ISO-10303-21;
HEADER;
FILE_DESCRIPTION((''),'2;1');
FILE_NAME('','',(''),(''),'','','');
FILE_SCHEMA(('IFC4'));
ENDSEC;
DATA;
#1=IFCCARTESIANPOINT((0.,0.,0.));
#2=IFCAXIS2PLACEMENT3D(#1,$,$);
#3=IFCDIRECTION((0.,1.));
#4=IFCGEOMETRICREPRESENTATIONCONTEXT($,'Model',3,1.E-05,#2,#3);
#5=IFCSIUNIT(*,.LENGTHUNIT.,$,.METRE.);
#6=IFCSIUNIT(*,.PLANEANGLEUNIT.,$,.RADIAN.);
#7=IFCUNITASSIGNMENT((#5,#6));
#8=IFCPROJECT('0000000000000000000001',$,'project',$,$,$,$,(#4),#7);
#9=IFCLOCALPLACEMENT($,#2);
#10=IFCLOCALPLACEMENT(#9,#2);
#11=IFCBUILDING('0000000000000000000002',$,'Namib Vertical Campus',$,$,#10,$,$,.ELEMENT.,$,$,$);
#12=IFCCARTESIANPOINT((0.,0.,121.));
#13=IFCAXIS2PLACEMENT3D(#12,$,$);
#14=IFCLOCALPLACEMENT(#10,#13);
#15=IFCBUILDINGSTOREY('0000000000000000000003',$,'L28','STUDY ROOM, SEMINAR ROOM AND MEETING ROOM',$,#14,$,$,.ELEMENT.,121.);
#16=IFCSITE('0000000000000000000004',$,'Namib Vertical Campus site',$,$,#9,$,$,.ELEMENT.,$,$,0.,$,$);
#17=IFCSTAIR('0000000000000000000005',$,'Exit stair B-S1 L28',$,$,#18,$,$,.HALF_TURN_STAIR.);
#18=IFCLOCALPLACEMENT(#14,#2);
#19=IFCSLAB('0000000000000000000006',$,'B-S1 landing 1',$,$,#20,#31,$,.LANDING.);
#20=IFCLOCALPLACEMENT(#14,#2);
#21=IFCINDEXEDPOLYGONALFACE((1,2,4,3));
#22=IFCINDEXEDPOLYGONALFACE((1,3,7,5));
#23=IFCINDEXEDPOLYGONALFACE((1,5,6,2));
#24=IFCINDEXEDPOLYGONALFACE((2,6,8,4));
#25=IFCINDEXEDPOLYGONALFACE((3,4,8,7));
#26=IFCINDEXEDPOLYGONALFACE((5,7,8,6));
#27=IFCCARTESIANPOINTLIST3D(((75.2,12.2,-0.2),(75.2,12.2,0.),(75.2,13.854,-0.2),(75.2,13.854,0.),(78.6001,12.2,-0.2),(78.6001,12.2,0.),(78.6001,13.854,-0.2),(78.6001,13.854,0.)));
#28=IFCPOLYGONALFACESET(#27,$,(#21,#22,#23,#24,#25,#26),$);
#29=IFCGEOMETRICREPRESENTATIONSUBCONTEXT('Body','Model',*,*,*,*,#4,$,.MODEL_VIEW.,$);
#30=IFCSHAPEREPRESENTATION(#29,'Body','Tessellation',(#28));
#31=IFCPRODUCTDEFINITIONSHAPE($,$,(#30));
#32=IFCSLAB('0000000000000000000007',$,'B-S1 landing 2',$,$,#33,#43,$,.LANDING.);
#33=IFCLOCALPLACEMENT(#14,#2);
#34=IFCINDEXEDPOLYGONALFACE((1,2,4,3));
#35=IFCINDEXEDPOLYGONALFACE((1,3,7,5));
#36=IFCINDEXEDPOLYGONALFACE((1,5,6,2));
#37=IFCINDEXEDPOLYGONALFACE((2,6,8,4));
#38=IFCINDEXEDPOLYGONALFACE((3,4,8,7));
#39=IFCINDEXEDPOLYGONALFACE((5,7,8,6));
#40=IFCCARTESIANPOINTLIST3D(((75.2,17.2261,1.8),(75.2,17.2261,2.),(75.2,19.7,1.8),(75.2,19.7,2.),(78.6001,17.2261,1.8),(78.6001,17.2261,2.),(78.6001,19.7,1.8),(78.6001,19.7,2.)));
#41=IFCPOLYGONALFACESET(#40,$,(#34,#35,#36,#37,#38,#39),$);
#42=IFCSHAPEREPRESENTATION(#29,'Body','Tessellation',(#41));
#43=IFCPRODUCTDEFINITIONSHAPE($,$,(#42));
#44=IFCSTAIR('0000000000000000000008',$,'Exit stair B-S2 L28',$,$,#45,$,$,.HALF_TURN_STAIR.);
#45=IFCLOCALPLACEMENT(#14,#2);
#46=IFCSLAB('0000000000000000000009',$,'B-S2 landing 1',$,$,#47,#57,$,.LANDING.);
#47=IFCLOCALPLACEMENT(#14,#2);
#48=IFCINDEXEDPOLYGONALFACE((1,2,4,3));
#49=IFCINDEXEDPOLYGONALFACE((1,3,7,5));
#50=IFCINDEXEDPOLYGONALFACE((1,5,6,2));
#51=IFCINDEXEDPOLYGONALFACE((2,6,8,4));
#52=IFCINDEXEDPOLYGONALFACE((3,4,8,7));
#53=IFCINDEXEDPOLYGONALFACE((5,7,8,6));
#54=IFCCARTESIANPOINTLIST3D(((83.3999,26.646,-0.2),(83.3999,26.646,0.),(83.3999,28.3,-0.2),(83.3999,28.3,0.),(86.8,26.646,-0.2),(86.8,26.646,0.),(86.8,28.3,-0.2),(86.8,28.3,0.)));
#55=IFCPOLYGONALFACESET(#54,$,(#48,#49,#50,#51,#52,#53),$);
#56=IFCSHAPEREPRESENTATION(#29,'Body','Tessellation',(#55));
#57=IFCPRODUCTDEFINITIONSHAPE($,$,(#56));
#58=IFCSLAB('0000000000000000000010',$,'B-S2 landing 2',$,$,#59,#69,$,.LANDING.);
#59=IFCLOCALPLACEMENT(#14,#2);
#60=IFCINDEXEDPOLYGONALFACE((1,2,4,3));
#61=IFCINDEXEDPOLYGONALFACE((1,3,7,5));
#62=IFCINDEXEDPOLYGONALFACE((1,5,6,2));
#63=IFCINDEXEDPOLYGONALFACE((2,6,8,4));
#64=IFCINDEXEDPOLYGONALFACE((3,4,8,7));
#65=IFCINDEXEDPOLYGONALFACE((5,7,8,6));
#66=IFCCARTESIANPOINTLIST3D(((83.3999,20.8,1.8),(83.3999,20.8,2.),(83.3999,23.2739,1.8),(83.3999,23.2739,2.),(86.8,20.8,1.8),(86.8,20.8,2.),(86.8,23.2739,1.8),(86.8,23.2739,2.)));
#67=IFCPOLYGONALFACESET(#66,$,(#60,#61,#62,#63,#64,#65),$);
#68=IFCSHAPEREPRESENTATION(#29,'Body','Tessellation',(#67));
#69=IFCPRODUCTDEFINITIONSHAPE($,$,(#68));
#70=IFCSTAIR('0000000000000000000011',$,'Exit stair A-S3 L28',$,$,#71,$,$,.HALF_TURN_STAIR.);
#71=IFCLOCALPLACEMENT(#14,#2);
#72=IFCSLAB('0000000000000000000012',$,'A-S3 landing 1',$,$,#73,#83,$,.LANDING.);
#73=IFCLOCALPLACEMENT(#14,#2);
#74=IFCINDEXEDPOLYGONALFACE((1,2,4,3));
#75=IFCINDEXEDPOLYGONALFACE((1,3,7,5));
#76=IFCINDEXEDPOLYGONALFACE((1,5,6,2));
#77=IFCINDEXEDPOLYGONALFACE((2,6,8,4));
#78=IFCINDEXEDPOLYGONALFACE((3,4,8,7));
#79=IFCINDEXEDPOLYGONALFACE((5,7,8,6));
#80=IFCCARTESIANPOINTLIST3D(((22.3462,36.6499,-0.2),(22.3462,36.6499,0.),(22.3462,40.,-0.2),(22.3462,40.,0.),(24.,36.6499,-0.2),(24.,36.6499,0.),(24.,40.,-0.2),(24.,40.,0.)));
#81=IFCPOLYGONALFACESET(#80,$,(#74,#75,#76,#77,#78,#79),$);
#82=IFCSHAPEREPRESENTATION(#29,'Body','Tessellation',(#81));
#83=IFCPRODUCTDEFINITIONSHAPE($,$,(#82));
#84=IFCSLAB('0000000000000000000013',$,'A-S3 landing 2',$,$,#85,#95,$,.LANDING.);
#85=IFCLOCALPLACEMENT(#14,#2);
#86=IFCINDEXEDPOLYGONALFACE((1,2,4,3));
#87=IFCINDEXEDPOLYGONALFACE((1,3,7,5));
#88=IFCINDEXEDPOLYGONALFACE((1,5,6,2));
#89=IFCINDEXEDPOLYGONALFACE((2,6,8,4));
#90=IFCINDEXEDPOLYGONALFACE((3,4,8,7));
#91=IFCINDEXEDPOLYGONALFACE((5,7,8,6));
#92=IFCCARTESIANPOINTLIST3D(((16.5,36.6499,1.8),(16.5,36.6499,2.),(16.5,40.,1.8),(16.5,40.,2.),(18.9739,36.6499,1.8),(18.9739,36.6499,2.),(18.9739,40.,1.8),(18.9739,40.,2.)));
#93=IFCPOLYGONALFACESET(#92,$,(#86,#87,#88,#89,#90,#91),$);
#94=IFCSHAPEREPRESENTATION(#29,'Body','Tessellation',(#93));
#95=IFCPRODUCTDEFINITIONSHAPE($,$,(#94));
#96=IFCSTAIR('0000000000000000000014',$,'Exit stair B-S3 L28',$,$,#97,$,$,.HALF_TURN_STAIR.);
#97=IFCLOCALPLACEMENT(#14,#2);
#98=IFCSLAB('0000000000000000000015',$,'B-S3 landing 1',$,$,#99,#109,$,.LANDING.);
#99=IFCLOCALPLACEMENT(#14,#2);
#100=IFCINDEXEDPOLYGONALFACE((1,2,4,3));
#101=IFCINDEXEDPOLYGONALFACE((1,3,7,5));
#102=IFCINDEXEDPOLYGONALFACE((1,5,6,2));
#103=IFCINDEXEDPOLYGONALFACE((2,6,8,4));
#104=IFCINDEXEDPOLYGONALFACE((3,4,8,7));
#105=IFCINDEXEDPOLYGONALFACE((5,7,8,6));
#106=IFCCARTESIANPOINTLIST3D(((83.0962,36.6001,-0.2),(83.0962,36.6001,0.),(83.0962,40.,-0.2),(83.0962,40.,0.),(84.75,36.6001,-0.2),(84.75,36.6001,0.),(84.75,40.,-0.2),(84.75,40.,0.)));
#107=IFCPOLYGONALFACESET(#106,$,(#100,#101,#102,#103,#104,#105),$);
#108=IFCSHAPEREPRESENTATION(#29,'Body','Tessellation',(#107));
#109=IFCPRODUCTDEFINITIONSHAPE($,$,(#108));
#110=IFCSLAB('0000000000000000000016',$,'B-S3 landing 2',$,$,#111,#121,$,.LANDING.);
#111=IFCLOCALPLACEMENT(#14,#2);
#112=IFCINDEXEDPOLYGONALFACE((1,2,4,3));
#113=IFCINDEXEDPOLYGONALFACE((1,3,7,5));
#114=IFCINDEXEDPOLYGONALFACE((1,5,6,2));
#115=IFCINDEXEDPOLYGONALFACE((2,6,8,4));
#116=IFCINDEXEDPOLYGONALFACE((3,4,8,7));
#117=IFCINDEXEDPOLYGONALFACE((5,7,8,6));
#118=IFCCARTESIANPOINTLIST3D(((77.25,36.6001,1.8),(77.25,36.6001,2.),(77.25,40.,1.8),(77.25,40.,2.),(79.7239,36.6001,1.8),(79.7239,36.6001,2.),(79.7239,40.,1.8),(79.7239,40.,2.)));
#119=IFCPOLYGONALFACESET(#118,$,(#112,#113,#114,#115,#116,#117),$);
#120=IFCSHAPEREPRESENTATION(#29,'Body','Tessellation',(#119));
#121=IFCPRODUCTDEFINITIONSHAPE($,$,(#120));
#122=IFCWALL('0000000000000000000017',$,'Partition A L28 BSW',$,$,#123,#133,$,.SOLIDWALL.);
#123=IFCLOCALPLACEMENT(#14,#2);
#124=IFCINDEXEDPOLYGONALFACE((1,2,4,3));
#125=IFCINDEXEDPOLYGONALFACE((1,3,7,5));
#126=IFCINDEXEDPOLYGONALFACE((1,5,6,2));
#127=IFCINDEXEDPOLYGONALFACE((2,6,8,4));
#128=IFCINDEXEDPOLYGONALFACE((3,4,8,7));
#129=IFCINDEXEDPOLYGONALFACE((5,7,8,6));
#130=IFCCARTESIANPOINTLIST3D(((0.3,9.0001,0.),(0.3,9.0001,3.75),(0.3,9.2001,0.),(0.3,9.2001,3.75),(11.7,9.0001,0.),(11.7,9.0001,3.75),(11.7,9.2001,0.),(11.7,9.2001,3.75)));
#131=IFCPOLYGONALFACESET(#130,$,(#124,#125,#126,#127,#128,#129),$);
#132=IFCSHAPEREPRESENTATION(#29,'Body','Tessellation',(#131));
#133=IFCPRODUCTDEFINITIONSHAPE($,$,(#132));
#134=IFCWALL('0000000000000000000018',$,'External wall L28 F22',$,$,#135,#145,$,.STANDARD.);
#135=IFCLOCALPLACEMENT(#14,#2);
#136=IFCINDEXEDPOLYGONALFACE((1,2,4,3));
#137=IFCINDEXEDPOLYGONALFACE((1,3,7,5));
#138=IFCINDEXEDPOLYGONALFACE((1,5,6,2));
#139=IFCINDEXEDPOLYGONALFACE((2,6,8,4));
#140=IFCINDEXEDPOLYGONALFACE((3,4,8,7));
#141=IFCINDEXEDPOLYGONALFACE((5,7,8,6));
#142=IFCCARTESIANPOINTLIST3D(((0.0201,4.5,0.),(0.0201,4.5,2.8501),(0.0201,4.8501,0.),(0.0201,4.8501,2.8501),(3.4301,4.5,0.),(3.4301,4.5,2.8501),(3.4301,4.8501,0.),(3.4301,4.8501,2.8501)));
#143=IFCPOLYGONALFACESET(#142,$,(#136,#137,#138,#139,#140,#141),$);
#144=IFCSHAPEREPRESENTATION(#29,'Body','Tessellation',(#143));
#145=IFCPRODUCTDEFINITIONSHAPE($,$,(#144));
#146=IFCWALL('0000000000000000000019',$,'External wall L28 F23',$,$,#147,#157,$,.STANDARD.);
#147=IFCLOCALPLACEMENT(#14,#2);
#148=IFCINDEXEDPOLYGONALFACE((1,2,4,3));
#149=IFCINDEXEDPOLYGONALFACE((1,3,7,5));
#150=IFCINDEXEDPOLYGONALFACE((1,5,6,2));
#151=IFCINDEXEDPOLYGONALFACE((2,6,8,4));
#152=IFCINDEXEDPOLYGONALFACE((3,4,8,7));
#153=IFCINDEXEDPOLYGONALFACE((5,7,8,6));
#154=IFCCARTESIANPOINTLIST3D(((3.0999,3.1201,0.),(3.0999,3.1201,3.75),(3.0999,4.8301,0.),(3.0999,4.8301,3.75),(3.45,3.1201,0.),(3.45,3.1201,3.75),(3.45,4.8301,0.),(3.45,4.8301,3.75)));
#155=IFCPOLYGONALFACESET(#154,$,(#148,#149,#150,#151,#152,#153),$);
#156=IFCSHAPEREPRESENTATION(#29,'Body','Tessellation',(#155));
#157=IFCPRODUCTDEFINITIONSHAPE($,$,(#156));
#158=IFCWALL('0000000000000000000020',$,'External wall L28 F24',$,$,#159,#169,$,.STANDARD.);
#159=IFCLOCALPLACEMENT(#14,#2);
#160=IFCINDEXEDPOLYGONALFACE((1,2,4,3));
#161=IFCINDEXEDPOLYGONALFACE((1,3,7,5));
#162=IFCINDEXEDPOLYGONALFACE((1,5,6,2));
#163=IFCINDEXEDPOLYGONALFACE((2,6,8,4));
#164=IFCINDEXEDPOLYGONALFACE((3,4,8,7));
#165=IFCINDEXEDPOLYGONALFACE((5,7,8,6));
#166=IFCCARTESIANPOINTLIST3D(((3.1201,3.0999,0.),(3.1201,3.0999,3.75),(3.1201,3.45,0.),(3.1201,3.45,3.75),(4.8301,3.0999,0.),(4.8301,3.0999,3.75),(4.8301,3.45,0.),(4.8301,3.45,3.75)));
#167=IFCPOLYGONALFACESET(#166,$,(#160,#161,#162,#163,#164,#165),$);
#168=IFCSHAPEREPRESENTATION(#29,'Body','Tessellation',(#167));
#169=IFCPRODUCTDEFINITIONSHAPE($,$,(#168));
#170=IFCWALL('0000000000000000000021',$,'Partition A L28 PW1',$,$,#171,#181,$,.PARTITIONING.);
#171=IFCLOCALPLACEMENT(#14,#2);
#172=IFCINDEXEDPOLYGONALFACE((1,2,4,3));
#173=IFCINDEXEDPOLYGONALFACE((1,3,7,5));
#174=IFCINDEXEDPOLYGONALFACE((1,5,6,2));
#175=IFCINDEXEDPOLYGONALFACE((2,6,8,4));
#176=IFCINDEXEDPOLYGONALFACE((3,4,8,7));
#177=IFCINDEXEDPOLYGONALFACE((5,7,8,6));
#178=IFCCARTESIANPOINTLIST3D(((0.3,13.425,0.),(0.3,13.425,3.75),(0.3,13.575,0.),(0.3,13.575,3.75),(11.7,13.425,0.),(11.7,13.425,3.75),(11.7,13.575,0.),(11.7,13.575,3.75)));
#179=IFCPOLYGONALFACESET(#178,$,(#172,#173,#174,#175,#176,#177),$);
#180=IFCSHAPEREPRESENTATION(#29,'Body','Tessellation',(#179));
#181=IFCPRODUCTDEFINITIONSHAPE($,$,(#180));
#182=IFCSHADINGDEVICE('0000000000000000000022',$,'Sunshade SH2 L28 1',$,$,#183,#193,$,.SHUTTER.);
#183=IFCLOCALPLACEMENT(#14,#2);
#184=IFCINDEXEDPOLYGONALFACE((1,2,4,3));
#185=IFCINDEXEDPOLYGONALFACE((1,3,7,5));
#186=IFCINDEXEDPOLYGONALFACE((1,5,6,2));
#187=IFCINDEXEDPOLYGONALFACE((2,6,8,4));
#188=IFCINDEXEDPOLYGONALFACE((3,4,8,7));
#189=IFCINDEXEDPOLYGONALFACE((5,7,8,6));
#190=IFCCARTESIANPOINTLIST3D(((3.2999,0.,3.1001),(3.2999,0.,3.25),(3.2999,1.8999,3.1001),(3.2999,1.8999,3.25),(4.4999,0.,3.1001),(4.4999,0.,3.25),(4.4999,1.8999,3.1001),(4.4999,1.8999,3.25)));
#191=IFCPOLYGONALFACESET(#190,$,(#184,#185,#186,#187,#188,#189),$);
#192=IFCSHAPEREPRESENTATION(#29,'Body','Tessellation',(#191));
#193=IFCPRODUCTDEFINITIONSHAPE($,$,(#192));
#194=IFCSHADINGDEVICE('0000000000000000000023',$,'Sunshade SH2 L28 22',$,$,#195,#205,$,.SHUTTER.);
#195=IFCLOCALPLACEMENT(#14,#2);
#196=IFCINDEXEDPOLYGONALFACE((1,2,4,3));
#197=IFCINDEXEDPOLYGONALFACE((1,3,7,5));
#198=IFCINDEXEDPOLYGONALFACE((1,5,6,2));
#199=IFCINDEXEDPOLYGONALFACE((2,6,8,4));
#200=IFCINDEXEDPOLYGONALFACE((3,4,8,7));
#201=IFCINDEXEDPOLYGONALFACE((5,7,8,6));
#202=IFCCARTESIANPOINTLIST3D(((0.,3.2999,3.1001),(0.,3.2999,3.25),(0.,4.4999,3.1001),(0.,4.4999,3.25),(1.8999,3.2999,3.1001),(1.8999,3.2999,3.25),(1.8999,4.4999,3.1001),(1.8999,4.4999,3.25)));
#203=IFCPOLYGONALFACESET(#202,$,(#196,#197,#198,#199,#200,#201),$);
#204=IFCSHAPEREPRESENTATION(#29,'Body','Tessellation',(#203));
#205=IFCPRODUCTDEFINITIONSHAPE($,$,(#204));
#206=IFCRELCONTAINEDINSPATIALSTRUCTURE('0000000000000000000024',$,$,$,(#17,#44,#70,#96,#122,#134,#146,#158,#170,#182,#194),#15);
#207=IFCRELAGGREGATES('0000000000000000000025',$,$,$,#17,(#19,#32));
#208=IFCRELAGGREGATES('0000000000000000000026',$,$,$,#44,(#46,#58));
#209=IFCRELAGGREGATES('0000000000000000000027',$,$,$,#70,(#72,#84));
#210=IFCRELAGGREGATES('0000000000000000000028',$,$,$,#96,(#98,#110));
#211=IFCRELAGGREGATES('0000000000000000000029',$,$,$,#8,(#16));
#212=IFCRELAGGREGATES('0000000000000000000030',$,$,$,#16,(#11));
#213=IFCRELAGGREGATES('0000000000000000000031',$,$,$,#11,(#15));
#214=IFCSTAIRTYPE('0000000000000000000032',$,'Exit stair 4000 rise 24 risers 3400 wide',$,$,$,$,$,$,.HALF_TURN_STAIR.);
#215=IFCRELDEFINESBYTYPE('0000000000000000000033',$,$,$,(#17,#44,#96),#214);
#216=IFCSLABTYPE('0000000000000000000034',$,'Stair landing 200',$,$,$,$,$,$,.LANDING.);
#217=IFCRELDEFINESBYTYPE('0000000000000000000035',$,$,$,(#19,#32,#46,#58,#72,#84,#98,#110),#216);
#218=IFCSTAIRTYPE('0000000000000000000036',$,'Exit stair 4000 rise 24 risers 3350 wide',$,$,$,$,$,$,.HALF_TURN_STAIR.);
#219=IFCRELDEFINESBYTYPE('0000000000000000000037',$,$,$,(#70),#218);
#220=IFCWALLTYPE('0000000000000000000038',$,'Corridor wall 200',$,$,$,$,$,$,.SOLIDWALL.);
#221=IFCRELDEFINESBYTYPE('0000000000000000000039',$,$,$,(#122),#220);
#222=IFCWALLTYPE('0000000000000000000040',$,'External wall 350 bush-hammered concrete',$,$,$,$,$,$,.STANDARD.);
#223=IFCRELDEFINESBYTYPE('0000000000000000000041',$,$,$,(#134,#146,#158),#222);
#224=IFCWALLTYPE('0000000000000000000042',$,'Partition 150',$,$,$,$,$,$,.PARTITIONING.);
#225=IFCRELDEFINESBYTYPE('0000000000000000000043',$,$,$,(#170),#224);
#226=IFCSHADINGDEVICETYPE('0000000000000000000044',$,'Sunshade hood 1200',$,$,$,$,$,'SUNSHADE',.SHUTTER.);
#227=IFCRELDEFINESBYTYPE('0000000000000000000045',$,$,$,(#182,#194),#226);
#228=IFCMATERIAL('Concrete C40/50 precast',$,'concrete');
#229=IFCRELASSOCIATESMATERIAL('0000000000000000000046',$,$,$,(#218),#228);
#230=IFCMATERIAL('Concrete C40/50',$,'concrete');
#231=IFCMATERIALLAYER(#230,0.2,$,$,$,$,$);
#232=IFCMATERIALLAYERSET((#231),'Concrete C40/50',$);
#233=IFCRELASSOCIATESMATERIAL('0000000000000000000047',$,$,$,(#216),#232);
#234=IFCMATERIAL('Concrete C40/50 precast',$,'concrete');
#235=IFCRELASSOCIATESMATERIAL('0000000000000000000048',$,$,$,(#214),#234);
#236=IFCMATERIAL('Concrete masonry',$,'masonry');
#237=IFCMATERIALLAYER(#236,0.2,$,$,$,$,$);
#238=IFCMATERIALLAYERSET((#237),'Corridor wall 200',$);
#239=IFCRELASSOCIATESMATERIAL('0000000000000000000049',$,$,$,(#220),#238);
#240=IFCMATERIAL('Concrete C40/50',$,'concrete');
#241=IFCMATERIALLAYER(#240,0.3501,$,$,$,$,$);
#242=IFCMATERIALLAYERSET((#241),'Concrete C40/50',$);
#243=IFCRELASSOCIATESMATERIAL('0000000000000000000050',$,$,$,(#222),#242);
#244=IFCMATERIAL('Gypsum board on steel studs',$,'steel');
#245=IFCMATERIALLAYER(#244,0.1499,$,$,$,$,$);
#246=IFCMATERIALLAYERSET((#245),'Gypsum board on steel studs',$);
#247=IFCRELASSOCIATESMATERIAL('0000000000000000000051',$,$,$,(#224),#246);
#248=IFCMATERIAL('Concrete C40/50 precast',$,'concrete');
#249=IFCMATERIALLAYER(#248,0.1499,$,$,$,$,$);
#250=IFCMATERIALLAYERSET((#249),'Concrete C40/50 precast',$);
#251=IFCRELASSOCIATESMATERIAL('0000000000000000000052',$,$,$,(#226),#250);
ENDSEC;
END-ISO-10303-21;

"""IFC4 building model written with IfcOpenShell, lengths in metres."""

from ifc_helpers import new_model, si_unit, direction, frame, frame_2d, origin, origin_2d, place, context, subcontext, project, spatial, polyline, rectangle, outline, extrude, material, layer, layer_set, type_object, element, aggregate, save


model = new_model("IFC4")

# Units and contexts
model_context = context("Model", 3, precision=1e-05, world=origin(), true_north=direction((0.0, 1.0)))
body_context = subcontext(model_context, "Body", "Model", "MODEL_VIEW")
ifc_project = project(units=[si_unit("LENGTHUNIT", "METRE"), si_unit("PLANEANGLEUNIT", "RADIAN")], contexts=[model_context])

# Site, building, storey
site_placement = place(None, origin())
site = spatial("IfcSite", under=ifc_project, at=site_placement, Name="Namib Vertical Campus site", CompositionType="ELEMENT", RefElevation=0.0)
building_placement = place(site_placement, origin())
building = spatial("IfcBuilding", under=site, at=building_placement, Name="Namib Vertical Campus", CompositionType="ELEMENT")
storey_placement = place(building_placement, frame((0.0, 0.0, 121.0)))
storey = spatial("IfcBuildingStorey", under=building, at=storey_placement, Name="L28", Description="STUDY ROOM, SEMINAR ROOM AND MEETING ROOM", CompositionType="ELEMENT", Elevation=121.0)

# Stairs, slabs
ifc_material_1 = material(Name="Concrete C40/50 precast", Category="concrete")
stair_type_1 = type_object("IfcStairType", Name="Exit stair 4000 rise 24 risers 3350 wide", PredefinedType="HALF_TURN_STAIR", material=ifc_material_1)
ifc_material_2 = material(Name="Concrete C40/50", Category="concrete")
ifc_layer_1 = layer(ifc_material_2, 0.2)
ifc_layer_set_1 = layer_set([ifc_layer_1], Name="Concrete C40/50")
slab_type_1 = type_object("IfcSlabType", Name="Stair landing 200", PredefinedType="LANDING", material=ifc_layer_set_1)
ifc_material_3 = material(Name="Concrete C40/50 precast", Category="concrete")
stair_type_2 = type_object("IfcStairType", Name="Exit stair 4000 rise 24 risers 3400 wide", PredefinedType="HALF_TURN_STAIR", material=ifc_material_3)
stair_1_placement = place(storey_placement, origin())
stair_1 = element("IfcStair", 1, at=stair_1_placement, inside=storey, type_object=stair_type_2, Name="Exit stair B-S1 L28", PredefinedType="HALF_TURN_STAIR")
slab_1_placement = place(storey_placement, frame((0.0, 0.0, -0.2)))
slab_1 = element("IfcSlab", 2, at=slab_1_placement, type_object=slab_type_1, Name="B-S1 landing 1", PredefinedType="LANDING", context=body_context, shape_type="SweptSolid", body=[
    extrude(outline(polyline([(75.2, 12.2), (78.6001, 12.2), (78.6001, 13.854), (75.2, 13.854), (75.2, 12.2)])), origin(), (0.0, 0.0, 1.0), 0.2),
])
slab_2_placement = place(storey_placement, frame((0.0, 0.0, 1.8)))
slab_2 = element("IfcSlab", 3, at=slab_2_placement, type_object=slab_type_1, Name="B-S1 landing 2", PredefinedType="LANDING", context=body_context, shape_type="SweptSolid", body=[
    extrude(outline(polyline([(75.2, 17.2261), (78.6001, 17.2261), (78.6001, 19.7), (75.2, 19.7), (75.2, 17.2261)])), origin(), (0.0, 0.0, 1.0), 0.2),
])
aggregate(stair_1, [slab_1, slab_2])
stair_2_placement = place(storey_placement, origin())
stair_2 = element("IfcStair", 4, at=stair_2_placement, inside=storey, type_object=stair_type_2, Name="Exit stair B-S2 L28", PredefinedType="HALF_TURN_STAIR")
slab_3_placement = place(storey_placement, frame((0.0, 0.0, -0.2)))
slab_3 = element("IfcSlab", 5, at=slab_3_placement, type_object=slab_type_1, Name="B-S2 landing 1", PredefinedType="LANDING", context=body_context, shape_type="SweptSolid", body=[
    extrude(outline(polyline([(83.3999, 26.646), (86.8, 26.646), (86.8, 28.3), (83.3999, 28.3), (83.3999, 26.646)])), origin(), (0.0, 0.0, 1.0), 0.2),
])
slab_4_placement = place(storey_placement, frame((0.0, 0.0, 1.8)))
slab_4 = element("IfcSlab", 6, at=slab_4_placement, type_object=slab_type_1, Name="B-S2 landing 2", PredefinedType="LANDING", context=body_context, shape_type="SweptSolid", body=[
    extrude(outline(polyline([(83.3999, 20.8), (86.8, 20.8), (86.8, 23.2739), (83.3999, 23.2739), (83.3999, 20.8)])), origin(), (0.0, 0.0, 1.0), 0.2),
])
aggregate(stair_2, [slab_3, slab_4])
stair_3_placement = place(storey_placement, origin())
stair_3 = element("IfcStair", 7, at=stair_3_placement, inside=storey, type_object=stair_type_1, Name="Exit stair A-S3 L28", PredefinedType="HALF_TURN_STAIR")
slab_5_placement = place(storey_placement, frame((0.0, 0.0, -0.2)))
slab_5 = element("IfcSlab", 8, at=slab_5_placement, type_object=slab_type_1, Name="A-S3 landing 1", PredefinedType="LANDING", context=body_context, shape_type="SweptSolid", body=[
    extrude(outline(polyline([(22.3462, 36.6499), (22.3462, 40.0), (24.0, 40.0), (24.0, 36.6499), (22.3462, 36.6499)])), origin(), (0.0, 0.0, 1.0), 0.2),
])
slab_6_placement = place(storey_placement, frame((0.0, 0.0, 1.8)))
slab_6 = element("IfcSlab", 9, at=slab_6_placement, type_object=slab_type_1, Name="A-S3 landing 2", PredefinedType="LANDING", context=body_context, shape_type="SweptSolid", body=[
    extrude(outline(polyline([(16.5, 36.6499), (16.5, 40.0), (18.9739, 40.0), (18.9739, 36.6499), (16.5, 36.6499)])), origin(), (0.0, 0.0, 1.0), 0.2),
])
aggregate(stair_3, [slab_5, slab_6])
stair_4_placement = place(storey_placement, origin())
stair_4 = element("IfcStair", 10, at=stair_4_placement, inside=storey, type_object=stair_type_2, Name="Exit stair B-S3 L28", PredefinedType="HALF_TURN_STAIR")
slab_7_placement = place(storey_placement, frame((0.0, 0.0, -0.2)))
slab_7 = element("IfcSlab", 11, at=slab_7_placement, type_object=slab_type_1, Name="B-S3 landing 1", PredefinedType="LANDING", context=body_context, shape_type="SweptSolid", body=[
    extrude(outline(polyline([(83.0962, 36.6001), (83.0962, 40.0), (84.75, 40.0), (84.75, 36.6001), (83.0962, 36.6001)])), origin(), (0.0, 0.0, 1.0), 0.2),
])
slab_8_placement = place(storey_placement, frame((0.0, 0.0, 1.8)))
slab_8 = element("IfcSlab", 12, at=slab_8_placement, type_object=slab_type_1, Name="B-S3 landing 2", PredefinedType="LANDING", context=body_context, shape_type="SweptSolid", body=[
    extrude(outline(polyline([(77.25, 36.6001), (77.25, 40.0), (79.7239, 40.0), (79.7239, 36.6001), (77.25, 36.6001)])), origin(), (0.0, 0.0, 1.0), 0.2),
])
aggregate(stair_4, [slab_7, slab_8])

# Walls
ifc_material_4 = material(Name="Concrete masonry", Category="masonry")
ifc_layer_2 = layer(ifc_material_4, 0.2)
ifc_layer_set_2 = layer_set([ifc_layer_2], Name="Corridor wall 200")
wall_type_1 = type_object("IfcWallType", Name="Corridor wall 200", PredefinedType="SOLIDWALL", material=ifc_layer_set_2)
wall_1_placement = place(storey_placement, frame((0.3, 9.1001, 0.0), z_axis=(0.0, 0.0, 1.0), x_axis=(1.0, 0.0, 0.0)))
element("IfcWall", 13, at=wall_1_placement, inside=storey, type_object=wall_type_1, Name="Partition A L28 BSW", PredefinedType="SOLIDWALL", context=body_context, shape_type="SweptSolid", body=[
    extrude(rectangle(XDim=11.3999, YDim=0.2, at=frame_2d((5.7, 0.0))), origin(), (0.0, 0.0, 1.0), 3.75),
])
ifc_material_5 = material(Name="Concrete C40/50", Category="concrete")
ifc_layer_3 = layer(ifc_material_5, 0.3501)
ifc_layer_set_3 = layer_set([ifc_layer_3], Name="Concrete C40/50")
wall_type_2 = type_object("IfcWallType", Name="External wall 350 bush-hammered concrete", PredefinedType="STANDARD", material=ifc_layer_set_3)
wall_2_placement = place(storey_placement, frame((0.02, 4.675, 0.0), z_axis=(0.0, 0.0, 1.0), x_axis=(1.0, 0.0, 0.0)))
element("IfcWall", 14, at=wall_2_placement, inside=storey, type_object=wall_type_2, Name="External wall L28 F22", PredefinedType="STANDARD", context=body_context, shape_type="SweptSolid", body=[
    extrude(rectangle(XDim=3.4099, YDim=0.3501, at=frame_2d((1.7051, 0.0))), origin(), (0.0, 0.0, 1.0), 2.8501),
])
for number, where, z_axis, x_axis, name in (
    (15, (3.2749, 4.8301, 0.0), (0.0, 0.0, 1.0), (0.0, -1.0, 0.0), "External wall L28 F23"),
    (16, (3.1201, 3.2749, 0.0), (0.0, 0.0, 1.0), (1.0, 0.0, 0.0), "External wall L28 F24"),
):
    element("IfcWall", number, at=place(storey_placement, frame(where, z_axis=z_axis, x_axis=x_axis)), inside=storey, type_object=wall_type_2, Name=name, PredefinedType="STANDARD", context=body_context, shape_type="SweptSolid", body=[
        extrude(rectangle(XDim=1.71, YDim=0.3501, at=frame_2d((0.855, 0.0))), origin(), (0.0, 0.0, 1.0), 3.75),
    ])
ifc_material_6 = material(Name="Gypsum board on steel studs", Category="steel")
ifc_layer_4 = layer(ifc_material_6, 0.1499)
ifc_layer_set_4 = layer_set([ifc_layer_4], Name="Gypsum board on steel studs")
wall_type_3 = type_object("IfcWallType", Name="Partition 150", PredefinedType="PARTITIONING", material=ifc_layer_set_4)
wall_3_placement = place(storey_placement, frame((0.3, 13.5, 0.0), z_axis=(0.0, 0.0, 1.0), x_axis=(1.0, 0.0, 0.0)))
element("IfcWall", 17, at=wall_3_placement, inside=storey, type_object=wall_type_3, Name="Partition A L28 PW1", PredefinedType="PARTITIONING", context=body_context, shape_type="SweptSolid", body=[
    extrude(rectangle(XDim=11.3999, YDim=0.1499, at=frame_2d((5.7, 0.0))), origin(), (0.0, 0.0, 1.0), 3.75),
])

# Shading devices
ifc_material_7 = material(Name="Concrete C40/50 precast", Category="concrete")
ifc_layer_5 = layer(ifc_material_7, 0.1499)
ifc_layer_set_5 = layer_set([ifc_layer_5], Name="Concrete C40/50 precast")
shading_device_type = type_object("IfcShadingDeviceType", Name="Sunshade hood 1200", ElementType="SUNSHADE", PredefinedType="SHUTTER", material=ifc_layer_set_5)
for number, where, z_axis, x_axis, name in (
    (18, (3.8999, 0.95, 3.1001), (0.0, 0.0, 1.0), (0.0, -1.0, 0.0), "Sunshade SH2 L28 1"),
    (19, (0.95, 3.8999, 3.1001), (0.0, 0.0, 1.0), (1.0, 0.0, 0.0), "Sunshade SH2 L28 22"),
):
    element("IfcShadingDevice", number, at=place(storey_placement, frame(where, z_axis=z_axis, x_axis=x_axis)), inside=storey, type_object=shading_device_type, Name=name, PredefinedType="SHUTTER", context=body_context, shape_type="SweptSolid", body=[
        extrude(rectangle(XDim=1.8999, YDim=1.2, at=origin_2d()), origin(), (0.0, 0.0, 1.0), 0.1499),
    ])

save(model, "model.ifc")
